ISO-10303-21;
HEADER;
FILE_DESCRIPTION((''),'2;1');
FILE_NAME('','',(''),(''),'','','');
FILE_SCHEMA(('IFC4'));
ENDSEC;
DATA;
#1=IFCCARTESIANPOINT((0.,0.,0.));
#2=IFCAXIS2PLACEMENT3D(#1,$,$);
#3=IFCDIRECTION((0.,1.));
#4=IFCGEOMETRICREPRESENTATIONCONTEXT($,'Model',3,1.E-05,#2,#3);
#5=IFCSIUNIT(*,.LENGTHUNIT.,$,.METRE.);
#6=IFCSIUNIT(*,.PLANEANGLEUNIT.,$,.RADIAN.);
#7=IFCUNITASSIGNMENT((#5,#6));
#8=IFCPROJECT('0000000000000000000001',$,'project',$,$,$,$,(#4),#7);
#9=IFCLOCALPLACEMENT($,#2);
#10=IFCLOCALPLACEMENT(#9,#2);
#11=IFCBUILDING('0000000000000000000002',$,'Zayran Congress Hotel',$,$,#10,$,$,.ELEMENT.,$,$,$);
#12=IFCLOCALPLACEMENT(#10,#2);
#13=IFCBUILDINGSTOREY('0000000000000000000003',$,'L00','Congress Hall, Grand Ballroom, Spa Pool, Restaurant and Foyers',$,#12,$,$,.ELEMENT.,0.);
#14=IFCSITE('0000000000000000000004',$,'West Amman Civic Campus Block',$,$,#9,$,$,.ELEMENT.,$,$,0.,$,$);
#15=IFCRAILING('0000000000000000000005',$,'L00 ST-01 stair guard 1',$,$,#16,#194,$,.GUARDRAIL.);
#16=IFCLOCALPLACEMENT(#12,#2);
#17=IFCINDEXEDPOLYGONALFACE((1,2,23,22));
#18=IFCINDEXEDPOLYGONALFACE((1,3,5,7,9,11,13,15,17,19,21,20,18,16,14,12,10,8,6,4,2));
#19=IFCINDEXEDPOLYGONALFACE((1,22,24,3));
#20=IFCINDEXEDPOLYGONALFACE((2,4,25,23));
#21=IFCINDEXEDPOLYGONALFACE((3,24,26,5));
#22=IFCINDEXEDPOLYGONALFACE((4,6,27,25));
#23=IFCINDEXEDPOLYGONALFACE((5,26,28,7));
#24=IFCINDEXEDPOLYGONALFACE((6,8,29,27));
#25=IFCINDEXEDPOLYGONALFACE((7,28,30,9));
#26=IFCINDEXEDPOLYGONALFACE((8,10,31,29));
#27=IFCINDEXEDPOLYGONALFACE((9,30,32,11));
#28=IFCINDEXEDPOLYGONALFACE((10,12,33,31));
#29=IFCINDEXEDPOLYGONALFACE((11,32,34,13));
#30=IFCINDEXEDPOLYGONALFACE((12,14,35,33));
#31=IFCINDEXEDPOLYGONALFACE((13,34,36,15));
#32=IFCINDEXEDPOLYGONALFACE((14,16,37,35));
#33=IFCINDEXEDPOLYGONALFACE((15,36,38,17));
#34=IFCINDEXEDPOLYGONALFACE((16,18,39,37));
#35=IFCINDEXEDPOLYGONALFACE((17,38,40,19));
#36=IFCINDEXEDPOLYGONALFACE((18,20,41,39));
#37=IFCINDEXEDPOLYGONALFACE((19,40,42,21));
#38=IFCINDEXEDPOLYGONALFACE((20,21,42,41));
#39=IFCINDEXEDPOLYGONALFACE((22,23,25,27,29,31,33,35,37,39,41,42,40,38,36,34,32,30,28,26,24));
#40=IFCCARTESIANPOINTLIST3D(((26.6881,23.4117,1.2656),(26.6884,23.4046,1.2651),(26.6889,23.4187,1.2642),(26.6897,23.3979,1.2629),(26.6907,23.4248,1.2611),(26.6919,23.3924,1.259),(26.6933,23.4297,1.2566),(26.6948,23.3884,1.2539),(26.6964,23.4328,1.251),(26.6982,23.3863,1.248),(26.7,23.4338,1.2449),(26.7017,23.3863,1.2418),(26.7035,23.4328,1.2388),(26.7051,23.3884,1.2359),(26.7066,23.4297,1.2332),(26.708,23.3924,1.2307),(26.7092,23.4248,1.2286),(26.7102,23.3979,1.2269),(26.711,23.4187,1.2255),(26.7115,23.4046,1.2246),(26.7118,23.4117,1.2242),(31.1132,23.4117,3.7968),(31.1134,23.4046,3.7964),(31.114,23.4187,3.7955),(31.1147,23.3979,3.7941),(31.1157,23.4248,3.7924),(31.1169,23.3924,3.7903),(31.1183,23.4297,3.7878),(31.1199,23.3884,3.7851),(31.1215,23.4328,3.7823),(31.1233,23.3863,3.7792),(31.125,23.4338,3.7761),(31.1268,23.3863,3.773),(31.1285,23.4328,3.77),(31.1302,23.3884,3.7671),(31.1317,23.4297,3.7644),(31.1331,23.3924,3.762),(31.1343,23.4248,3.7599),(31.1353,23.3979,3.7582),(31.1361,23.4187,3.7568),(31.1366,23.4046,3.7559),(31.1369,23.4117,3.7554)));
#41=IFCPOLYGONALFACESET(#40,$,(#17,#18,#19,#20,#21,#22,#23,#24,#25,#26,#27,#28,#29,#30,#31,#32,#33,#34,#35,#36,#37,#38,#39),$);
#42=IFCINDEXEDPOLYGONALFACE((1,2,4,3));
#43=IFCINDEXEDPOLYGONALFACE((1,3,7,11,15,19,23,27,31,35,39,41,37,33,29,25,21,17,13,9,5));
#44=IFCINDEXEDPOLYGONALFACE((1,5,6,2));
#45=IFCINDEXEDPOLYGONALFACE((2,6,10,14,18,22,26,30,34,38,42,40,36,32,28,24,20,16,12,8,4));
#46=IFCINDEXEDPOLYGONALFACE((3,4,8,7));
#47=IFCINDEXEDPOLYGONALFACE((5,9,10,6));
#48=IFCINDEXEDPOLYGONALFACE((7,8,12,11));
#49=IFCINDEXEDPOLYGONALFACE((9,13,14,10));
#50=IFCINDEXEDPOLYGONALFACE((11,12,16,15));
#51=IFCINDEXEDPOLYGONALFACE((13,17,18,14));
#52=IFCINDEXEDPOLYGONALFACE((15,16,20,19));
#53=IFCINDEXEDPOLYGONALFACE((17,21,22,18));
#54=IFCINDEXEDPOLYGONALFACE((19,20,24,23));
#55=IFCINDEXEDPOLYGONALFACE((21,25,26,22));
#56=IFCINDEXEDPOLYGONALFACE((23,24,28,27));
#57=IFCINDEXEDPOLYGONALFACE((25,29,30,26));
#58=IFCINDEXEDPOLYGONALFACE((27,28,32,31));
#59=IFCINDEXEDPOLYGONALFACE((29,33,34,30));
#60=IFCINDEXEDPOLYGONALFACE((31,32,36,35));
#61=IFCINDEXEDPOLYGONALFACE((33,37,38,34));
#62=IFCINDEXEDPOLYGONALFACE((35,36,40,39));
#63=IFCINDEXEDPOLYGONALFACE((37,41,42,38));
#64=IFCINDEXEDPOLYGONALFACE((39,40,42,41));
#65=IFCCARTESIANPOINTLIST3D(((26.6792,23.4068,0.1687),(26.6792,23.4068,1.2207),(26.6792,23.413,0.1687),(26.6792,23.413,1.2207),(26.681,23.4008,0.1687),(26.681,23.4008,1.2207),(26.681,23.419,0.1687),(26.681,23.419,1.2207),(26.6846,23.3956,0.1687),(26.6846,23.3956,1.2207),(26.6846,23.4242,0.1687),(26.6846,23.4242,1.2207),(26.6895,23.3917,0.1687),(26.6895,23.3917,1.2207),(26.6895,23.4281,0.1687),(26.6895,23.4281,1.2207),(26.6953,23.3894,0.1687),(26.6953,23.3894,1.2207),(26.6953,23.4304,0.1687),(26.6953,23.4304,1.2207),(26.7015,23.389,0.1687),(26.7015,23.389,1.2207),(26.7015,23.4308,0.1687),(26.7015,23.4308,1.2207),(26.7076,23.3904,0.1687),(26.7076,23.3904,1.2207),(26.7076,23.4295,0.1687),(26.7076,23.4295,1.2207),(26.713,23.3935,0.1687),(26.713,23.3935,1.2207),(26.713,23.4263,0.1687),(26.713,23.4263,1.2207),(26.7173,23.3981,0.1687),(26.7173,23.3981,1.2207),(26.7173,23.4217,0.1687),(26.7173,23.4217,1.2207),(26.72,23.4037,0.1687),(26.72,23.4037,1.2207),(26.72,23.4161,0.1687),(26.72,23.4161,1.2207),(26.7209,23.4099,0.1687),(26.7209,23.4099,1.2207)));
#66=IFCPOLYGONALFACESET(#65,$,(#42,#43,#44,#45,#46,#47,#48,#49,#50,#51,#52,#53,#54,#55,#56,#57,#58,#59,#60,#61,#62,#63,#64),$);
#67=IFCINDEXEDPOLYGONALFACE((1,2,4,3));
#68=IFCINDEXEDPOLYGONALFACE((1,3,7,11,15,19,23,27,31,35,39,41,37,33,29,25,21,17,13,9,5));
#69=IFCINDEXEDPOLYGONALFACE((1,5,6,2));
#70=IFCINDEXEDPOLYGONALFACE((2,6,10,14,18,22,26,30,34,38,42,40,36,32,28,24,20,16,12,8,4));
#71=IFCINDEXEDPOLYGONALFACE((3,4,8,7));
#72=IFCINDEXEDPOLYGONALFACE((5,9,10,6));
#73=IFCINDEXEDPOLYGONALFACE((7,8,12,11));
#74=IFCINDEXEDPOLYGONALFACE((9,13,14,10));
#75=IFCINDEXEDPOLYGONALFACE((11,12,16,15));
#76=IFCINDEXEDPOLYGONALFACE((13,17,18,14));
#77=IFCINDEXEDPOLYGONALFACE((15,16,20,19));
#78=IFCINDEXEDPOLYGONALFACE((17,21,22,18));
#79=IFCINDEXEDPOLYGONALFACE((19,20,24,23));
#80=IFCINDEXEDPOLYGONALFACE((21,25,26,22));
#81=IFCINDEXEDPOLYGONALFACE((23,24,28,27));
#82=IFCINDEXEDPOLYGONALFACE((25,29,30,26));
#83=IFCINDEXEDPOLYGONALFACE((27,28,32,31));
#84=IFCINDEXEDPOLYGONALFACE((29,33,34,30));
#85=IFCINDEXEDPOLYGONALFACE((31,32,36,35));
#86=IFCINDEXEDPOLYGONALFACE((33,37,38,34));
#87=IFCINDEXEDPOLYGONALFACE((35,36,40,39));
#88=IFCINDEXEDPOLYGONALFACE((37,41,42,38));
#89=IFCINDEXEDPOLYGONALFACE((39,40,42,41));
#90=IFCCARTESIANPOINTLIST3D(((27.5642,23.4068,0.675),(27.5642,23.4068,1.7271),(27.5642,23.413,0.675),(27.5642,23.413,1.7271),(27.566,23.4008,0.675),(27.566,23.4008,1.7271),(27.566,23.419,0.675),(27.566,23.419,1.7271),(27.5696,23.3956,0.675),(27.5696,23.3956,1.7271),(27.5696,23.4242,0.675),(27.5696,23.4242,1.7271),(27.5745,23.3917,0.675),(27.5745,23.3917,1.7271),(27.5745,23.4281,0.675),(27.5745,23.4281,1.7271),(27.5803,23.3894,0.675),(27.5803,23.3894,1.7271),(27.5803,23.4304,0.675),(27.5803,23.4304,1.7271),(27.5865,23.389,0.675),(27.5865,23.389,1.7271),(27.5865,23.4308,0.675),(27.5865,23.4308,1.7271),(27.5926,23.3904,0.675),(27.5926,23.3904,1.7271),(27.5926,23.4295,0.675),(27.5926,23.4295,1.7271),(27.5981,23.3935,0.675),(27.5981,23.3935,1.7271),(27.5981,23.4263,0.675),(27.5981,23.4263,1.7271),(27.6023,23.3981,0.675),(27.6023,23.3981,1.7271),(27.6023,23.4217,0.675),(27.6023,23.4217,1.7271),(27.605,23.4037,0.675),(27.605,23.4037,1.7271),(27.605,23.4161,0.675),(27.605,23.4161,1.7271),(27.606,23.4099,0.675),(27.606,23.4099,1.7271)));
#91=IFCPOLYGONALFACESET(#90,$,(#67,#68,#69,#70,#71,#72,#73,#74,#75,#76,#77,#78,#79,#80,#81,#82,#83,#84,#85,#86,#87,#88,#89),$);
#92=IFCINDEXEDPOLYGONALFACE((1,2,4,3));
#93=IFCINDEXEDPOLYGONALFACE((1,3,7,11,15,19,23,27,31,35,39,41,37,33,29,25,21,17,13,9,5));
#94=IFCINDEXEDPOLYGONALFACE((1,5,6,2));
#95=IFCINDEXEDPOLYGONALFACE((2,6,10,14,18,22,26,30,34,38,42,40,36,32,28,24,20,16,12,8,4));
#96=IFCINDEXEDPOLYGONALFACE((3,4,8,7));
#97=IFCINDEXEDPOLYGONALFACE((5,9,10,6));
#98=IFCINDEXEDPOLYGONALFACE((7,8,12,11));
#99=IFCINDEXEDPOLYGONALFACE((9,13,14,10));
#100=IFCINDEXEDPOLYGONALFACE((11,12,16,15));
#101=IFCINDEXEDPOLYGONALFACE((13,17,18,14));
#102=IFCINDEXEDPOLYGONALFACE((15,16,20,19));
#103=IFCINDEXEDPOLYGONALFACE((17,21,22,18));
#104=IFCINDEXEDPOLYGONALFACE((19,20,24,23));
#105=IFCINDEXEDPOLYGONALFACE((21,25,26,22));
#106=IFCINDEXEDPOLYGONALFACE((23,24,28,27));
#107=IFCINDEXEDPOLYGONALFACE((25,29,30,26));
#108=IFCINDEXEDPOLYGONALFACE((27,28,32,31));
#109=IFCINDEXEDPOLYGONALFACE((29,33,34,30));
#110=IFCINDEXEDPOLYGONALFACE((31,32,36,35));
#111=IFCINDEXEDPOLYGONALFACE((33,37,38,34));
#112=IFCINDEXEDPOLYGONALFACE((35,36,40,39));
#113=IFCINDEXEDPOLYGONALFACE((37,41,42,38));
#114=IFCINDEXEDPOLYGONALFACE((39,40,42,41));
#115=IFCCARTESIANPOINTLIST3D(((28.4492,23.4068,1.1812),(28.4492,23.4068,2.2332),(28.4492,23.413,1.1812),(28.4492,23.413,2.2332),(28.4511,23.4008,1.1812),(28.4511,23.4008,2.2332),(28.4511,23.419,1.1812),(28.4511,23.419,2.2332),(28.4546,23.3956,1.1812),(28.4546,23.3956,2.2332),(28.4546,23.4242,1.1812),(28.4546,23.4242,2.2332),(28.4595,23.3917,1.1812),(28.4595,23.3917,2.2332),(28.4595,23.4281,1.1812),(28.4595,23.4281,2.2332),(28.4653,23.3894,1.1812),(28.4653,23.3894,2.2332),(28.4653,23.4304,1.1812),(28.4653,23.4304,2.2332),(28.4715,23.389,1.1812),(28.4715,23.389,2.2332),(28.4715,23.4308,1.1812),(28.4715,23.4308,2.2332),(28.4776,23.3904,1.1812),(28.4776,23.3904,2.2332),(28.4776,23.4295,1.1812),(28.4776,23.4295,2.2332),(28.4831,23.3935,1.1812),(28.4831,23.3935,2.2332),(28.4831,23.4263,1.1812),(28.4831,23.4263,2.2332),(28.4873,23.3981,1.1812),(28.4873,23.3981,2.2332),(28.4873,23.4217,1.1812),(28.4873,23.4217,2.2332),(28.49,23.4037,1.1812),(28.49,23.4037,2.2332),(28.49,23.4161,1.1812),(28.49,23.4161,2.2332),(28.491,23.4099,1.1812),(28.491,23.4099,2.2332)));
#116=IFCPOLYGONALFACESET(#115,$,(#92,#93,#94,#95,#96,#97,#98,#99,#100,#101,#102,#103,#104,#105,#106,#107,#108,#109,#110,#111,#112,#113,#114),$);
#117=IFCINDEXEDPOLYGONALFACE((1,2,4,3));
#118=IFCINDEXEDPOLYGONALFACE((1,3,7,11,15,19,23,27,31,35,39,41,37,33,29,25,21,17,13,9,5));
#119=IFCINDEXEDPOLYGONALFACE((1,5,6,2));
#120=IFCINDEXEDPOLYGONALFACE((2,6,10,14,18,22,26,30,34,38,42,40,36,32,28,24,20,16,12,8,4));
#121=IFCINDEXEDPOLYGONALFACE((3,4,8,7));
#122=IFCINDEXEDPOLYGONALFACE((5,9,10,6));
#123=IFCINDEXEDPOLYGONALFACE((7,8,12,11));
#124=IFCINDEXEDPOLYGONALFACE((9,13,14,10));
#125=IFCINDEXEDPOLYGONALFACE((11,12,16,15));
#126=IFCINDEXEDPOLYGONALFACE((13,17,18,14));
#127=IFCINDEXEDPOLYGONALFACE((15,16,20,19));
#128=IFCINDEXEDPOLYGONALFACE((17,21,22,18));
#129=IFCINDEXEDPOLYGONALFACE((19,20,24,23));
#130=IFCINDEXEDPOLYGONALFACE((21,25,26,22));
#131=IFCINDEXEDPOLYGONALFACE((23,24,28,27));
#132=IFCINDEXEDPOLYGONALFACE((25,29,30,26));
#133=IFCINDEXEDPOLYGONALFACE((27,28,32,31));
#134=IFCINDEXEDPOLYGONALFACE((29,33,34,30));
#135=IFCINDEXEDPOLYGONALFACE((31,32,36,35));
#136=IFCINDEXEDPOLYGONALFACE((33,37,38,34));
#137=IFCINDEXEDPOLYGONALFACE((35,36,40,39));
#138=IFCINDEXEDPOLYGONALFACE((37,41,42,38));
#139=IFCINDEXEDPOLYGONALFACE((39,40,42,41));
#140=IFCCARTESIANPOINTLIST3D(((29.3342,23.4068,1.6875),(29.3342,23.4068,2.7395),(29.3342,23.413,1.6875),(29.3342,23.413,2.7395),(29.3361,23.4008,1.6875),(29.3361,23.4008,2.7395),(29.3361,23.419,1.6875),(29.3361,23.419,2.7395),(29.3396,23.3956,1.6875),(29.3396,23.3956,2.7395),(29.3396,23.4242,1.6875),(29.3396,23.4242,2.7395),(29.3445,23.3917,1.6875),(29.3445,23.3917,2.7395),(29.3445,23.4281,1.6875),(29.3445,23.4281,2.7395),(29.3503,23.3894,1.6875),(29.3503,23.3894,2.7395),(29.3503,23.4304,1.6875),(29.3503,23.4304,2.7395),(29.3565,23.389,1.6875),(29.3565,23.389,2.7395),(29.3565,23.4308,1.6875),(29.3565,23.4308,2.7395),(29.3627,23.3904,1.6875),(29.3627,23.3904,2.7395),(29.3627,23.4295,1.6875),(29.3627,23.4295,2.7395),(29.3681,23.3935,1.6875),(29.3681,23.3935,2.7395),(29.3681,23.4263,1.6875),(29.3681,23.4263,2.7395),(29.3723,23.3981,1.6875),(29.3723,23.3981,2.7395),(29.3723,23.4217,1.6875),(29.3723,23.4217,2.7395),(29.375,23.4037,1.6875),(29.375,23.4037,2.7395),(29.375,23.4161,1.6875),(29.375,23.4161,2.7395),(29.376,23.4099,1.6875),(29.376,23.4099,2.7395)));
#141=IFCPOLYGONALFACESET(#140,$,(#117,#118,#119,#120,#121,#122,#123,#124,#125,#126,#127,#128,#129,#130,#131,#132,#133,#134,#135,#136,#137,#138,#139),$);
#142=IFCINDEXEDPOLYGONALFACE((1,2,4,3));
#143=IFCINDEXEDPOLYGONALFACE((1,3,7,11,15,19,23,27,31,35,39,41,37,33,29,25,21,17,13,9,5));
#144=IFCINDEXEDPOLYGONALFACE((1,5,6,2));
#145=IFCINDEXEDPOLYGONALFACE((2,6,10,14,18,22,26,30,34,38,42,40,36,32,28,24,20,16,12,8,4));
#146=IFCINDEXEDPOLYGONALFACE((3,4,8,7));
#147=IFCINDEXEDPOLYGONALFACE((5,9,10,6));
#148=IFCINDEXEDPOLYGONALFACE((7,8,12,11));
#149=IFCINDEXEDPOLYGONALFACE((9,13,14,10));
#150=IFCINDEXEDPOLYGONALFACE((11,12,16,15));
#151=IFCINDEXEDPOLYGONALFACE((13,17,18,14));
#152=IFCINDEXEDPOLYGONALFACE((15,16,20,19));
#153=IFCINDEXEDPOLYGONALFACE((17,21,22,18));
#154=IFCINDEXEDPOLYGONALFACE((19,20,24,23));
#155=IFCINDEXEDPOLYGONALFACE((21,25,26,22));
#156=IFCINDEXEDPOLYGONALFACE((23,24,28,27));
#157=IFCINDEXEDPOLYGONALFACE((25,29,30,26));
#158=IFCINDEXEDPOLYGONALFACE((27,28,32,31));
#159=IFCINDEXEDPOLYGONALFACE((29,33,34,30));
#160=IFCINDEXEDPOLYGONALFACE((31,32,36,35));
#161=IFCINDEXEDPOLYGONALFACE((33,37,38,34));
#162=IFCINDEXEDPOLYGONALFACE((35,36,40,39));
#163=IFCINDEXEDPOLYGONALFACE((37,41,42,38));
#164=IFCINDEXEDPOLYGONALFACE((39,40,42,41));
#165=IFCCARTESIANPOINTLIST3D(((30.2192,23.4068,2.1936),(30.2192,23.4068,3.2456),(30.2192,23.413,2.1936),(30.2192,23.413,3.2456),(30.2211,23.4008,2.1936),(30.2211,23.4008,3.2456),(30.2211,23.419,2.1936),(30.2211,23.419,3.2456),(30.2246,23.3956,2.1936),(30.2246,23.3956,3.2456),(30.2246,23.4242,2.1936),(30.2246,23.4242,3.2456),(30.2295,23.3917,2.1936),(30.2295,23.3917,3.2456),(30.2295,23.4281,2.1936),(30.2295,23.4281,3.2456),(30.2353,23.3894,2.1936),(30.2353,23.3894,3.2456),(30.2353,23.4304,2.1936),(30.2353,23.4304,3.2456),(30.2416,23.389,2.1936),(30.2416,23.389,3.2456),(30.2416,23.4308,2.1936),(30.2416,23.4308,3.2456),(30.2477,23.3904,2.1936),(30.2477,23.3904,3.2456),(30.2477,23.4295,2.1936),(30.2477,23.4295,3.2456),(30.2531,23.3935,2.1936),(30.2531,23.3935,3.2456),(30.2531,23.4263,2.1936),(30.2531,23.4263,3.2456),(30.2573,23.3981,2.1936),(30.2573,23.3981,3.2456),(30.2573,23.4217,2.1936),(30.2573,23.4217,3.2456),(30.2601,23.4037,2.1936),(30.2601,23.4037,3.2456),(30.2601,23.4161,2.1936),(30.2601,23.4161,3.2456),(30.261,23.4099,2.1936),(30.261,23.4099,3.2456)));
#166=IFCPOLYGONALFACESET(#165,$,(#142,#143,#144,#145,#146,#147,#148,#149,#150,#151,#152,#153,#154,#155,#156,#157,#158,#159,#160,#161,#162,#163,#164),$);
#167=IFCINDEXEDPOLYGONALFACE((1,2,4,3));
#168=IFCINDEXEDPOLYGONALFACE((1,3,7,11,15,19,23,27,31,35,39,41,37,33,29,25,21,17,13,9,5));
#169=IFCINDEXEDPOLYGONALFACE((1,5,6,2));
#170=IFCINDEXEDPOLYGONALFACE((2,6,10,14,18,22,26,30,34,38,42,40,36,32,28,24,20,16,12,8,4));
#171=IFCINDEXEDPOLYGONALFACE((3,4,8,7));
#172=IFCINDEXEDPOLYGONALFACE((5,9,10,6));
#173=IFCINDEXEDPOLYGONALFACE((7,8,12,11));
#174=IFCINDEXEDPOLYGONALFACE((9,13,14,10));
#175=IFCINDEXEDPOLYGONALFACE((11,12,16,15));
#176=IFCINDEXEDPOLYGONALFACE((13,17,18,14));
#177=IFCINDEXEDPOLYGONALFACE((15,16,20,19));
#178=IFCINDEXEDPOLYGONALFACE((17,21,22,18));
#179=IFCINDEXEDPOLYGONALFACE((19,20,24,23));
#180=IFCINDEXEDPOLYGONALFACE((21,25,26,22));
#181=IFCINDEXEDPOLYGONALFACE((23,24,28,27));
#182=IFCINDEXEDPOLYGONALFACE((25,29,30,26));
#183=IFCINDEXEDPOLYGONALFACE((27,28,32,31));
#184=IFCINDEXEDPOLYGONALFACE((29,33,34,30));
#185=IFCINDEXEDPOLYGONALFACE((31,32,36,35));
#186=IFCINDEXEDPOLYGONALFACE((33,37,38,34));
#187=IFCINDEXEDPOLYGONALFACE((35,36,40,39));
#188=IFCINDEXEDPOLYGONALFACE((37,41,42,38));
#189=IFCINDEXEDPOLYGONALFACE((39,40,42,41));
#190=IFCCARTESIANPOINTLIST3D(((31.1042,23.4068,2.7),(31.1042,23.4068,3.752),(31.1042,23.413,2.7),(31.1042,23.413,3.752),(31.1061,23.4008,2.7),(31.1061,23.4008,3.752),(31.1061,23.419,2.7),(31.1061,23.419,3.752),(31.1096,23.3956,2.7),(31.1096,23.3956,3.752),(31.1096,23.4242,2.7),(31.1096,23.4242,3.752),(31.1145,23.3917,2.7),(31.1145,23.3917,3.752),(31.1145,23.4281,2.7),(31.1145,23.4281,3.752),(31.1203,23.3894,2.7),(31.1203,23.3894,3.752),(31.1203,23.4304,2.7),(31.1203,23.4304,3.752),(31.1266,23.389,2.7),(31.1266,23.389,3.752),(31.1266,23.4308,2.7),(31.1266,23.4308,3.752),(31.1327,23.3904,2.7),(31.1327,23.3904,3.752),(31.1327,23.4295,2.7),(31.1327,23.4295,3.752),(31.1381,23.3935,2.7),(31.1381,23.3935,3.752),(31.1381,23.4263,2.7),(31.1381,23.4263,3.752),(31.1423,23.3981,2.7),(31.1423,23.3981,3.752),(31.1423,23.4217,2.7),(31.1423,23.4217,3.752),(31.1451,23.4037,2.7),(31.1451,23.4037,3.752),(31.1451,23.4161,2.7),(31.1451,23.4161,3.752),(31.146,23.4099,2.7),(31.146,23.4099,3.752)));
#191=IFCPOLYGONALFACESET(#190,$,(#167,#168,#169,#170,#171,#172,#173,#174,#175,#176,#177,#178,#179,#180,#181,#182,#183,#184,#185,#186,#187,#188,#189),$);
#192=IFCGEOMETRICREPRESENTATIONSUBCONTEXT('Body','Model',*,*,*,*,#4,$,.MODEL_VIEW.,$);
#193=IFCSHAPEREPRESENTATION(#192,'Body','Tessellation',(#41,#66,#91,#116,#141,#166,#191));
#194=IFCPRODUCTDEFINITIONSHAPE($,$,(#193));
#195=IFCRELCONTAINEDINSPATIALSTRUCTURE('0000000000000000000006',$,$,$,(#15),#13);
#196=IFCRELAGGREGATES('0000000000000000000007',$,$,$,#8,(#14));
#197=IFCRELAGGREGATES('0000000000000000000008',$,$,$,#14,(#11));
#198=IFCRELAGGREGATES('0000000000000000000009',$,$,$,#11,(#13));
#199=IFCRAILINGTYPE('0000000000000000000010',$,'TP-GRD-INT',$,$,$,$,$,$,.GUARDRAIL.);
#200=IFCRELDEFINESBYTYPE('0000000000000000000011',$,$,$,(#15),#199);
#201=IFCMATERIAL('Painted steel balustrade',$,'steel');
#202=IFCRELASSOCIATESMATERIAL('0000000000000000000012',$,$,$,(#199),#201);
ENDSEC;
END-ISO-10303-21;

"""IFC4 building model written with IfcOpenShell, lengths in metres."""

from ifc_helpers import new_model, si_unit, direction, frame, origin, origin_2d, place, context, subcontext, project, spatial, circle, extrude, material, type_object, element, save


model = new_model("IFC4")

# Units and contexts
model_context = context("Model", 3, precision=1e-05, world=origin(), true_north=direction((0.0, 1.0)))
body_context = subcontext(model_context, "Body", "Model", "MODEL_VIEW")
ifc_project = project(units=[si_unit("LENGTHUNIT", "METRE"), si_unit("PLANEANGLEUNIT", "RADIAN")], contexts=[model_context])

# Site, building, storey
site_placement = place(None, origin())
site = spatial("IfcSite", under=ifc_project, at=site_placement, Name="West Amman Civic Campus Block", CompositionType="ELEMENT", RefElevation=0.0)
building_placement = place(site_placement, origin())
building = spatial("IfcBuilding", under=site, at=building_placement, Name="Zayran Congress Hotel", CompositionType="ELEMENT")
storey_placement = place(building_placement, origin())
storey = spatial("IfcBuildingStorey", under=building, at=storey_placement, Name="L00", Description="Congress Hall, Grand Ballroom, Spa Pool, Restaurant and Foyers", CompositionType="ELEMENT", Elevation=0.0)

# Railing
ifc_material_1 = material(Name="Painted steel balustrade", Category="steel")
railing_type_1 = type_object("IfcRailingType", Name="TP-GRD-INT", PredefinedType="GUARDRAIL", material=ifc_material_1)
railing_1_placement = place(storey_placement, frame((26.7, 23.4099, 0.1687)))
element("IfcRailing", 1, at=railing_1_placement, inside=storey, type_object=railing_type_1, Name="L00 ST-01 stair guard 1", PredefinedType="GUARDRAIL", context=body_context, shape_type="SweptSolid", body=[
    extrude(circle(Radius=0.0239, at=origin_2d()), frame((0.0, 0.0, 1.0762), z_axis=(0.868019, 0.0, 0.496531), x_axis=(0.0, 1.0, 0.0)), (0.0, 0.0, 1.0), 5.0979),
    extrude(circle(Radius=0.021, at=origin_2d()), origin(), (0.0, 0.0, 1.0), 1.052),
    extrude(circle(Radius=0.021, at=origin_2d()), frame((0.885, 0.0, 0.5063)), (0.0, 0.0, 1.0), 1.052),
    extrude(circle(Radius=0.021, at=origin_2d()), frame((1.77, 0.0, 1.0125)), (0.0, 0.0, 1.0), 1.052),
    extrude(circle(Radius=0.021, at=origin_2d()), frame((2.655, 0.0, 1.5188)), (0.0, 0.0, 1.0), 1.052),
    extrude(circle(Radius=0.021, at=origin_2d()), frame((3.54, 0.0, 2.0249)), (0.0, 0.0, 1.0), 1.052),
    extrude(circle(Radius=0.021, at=origin_2d()), frame((4.425, 0.0, 2.5312)), (0.0, 0.0, 1.0), 1.052),
])

save(model, "model.ifc")
